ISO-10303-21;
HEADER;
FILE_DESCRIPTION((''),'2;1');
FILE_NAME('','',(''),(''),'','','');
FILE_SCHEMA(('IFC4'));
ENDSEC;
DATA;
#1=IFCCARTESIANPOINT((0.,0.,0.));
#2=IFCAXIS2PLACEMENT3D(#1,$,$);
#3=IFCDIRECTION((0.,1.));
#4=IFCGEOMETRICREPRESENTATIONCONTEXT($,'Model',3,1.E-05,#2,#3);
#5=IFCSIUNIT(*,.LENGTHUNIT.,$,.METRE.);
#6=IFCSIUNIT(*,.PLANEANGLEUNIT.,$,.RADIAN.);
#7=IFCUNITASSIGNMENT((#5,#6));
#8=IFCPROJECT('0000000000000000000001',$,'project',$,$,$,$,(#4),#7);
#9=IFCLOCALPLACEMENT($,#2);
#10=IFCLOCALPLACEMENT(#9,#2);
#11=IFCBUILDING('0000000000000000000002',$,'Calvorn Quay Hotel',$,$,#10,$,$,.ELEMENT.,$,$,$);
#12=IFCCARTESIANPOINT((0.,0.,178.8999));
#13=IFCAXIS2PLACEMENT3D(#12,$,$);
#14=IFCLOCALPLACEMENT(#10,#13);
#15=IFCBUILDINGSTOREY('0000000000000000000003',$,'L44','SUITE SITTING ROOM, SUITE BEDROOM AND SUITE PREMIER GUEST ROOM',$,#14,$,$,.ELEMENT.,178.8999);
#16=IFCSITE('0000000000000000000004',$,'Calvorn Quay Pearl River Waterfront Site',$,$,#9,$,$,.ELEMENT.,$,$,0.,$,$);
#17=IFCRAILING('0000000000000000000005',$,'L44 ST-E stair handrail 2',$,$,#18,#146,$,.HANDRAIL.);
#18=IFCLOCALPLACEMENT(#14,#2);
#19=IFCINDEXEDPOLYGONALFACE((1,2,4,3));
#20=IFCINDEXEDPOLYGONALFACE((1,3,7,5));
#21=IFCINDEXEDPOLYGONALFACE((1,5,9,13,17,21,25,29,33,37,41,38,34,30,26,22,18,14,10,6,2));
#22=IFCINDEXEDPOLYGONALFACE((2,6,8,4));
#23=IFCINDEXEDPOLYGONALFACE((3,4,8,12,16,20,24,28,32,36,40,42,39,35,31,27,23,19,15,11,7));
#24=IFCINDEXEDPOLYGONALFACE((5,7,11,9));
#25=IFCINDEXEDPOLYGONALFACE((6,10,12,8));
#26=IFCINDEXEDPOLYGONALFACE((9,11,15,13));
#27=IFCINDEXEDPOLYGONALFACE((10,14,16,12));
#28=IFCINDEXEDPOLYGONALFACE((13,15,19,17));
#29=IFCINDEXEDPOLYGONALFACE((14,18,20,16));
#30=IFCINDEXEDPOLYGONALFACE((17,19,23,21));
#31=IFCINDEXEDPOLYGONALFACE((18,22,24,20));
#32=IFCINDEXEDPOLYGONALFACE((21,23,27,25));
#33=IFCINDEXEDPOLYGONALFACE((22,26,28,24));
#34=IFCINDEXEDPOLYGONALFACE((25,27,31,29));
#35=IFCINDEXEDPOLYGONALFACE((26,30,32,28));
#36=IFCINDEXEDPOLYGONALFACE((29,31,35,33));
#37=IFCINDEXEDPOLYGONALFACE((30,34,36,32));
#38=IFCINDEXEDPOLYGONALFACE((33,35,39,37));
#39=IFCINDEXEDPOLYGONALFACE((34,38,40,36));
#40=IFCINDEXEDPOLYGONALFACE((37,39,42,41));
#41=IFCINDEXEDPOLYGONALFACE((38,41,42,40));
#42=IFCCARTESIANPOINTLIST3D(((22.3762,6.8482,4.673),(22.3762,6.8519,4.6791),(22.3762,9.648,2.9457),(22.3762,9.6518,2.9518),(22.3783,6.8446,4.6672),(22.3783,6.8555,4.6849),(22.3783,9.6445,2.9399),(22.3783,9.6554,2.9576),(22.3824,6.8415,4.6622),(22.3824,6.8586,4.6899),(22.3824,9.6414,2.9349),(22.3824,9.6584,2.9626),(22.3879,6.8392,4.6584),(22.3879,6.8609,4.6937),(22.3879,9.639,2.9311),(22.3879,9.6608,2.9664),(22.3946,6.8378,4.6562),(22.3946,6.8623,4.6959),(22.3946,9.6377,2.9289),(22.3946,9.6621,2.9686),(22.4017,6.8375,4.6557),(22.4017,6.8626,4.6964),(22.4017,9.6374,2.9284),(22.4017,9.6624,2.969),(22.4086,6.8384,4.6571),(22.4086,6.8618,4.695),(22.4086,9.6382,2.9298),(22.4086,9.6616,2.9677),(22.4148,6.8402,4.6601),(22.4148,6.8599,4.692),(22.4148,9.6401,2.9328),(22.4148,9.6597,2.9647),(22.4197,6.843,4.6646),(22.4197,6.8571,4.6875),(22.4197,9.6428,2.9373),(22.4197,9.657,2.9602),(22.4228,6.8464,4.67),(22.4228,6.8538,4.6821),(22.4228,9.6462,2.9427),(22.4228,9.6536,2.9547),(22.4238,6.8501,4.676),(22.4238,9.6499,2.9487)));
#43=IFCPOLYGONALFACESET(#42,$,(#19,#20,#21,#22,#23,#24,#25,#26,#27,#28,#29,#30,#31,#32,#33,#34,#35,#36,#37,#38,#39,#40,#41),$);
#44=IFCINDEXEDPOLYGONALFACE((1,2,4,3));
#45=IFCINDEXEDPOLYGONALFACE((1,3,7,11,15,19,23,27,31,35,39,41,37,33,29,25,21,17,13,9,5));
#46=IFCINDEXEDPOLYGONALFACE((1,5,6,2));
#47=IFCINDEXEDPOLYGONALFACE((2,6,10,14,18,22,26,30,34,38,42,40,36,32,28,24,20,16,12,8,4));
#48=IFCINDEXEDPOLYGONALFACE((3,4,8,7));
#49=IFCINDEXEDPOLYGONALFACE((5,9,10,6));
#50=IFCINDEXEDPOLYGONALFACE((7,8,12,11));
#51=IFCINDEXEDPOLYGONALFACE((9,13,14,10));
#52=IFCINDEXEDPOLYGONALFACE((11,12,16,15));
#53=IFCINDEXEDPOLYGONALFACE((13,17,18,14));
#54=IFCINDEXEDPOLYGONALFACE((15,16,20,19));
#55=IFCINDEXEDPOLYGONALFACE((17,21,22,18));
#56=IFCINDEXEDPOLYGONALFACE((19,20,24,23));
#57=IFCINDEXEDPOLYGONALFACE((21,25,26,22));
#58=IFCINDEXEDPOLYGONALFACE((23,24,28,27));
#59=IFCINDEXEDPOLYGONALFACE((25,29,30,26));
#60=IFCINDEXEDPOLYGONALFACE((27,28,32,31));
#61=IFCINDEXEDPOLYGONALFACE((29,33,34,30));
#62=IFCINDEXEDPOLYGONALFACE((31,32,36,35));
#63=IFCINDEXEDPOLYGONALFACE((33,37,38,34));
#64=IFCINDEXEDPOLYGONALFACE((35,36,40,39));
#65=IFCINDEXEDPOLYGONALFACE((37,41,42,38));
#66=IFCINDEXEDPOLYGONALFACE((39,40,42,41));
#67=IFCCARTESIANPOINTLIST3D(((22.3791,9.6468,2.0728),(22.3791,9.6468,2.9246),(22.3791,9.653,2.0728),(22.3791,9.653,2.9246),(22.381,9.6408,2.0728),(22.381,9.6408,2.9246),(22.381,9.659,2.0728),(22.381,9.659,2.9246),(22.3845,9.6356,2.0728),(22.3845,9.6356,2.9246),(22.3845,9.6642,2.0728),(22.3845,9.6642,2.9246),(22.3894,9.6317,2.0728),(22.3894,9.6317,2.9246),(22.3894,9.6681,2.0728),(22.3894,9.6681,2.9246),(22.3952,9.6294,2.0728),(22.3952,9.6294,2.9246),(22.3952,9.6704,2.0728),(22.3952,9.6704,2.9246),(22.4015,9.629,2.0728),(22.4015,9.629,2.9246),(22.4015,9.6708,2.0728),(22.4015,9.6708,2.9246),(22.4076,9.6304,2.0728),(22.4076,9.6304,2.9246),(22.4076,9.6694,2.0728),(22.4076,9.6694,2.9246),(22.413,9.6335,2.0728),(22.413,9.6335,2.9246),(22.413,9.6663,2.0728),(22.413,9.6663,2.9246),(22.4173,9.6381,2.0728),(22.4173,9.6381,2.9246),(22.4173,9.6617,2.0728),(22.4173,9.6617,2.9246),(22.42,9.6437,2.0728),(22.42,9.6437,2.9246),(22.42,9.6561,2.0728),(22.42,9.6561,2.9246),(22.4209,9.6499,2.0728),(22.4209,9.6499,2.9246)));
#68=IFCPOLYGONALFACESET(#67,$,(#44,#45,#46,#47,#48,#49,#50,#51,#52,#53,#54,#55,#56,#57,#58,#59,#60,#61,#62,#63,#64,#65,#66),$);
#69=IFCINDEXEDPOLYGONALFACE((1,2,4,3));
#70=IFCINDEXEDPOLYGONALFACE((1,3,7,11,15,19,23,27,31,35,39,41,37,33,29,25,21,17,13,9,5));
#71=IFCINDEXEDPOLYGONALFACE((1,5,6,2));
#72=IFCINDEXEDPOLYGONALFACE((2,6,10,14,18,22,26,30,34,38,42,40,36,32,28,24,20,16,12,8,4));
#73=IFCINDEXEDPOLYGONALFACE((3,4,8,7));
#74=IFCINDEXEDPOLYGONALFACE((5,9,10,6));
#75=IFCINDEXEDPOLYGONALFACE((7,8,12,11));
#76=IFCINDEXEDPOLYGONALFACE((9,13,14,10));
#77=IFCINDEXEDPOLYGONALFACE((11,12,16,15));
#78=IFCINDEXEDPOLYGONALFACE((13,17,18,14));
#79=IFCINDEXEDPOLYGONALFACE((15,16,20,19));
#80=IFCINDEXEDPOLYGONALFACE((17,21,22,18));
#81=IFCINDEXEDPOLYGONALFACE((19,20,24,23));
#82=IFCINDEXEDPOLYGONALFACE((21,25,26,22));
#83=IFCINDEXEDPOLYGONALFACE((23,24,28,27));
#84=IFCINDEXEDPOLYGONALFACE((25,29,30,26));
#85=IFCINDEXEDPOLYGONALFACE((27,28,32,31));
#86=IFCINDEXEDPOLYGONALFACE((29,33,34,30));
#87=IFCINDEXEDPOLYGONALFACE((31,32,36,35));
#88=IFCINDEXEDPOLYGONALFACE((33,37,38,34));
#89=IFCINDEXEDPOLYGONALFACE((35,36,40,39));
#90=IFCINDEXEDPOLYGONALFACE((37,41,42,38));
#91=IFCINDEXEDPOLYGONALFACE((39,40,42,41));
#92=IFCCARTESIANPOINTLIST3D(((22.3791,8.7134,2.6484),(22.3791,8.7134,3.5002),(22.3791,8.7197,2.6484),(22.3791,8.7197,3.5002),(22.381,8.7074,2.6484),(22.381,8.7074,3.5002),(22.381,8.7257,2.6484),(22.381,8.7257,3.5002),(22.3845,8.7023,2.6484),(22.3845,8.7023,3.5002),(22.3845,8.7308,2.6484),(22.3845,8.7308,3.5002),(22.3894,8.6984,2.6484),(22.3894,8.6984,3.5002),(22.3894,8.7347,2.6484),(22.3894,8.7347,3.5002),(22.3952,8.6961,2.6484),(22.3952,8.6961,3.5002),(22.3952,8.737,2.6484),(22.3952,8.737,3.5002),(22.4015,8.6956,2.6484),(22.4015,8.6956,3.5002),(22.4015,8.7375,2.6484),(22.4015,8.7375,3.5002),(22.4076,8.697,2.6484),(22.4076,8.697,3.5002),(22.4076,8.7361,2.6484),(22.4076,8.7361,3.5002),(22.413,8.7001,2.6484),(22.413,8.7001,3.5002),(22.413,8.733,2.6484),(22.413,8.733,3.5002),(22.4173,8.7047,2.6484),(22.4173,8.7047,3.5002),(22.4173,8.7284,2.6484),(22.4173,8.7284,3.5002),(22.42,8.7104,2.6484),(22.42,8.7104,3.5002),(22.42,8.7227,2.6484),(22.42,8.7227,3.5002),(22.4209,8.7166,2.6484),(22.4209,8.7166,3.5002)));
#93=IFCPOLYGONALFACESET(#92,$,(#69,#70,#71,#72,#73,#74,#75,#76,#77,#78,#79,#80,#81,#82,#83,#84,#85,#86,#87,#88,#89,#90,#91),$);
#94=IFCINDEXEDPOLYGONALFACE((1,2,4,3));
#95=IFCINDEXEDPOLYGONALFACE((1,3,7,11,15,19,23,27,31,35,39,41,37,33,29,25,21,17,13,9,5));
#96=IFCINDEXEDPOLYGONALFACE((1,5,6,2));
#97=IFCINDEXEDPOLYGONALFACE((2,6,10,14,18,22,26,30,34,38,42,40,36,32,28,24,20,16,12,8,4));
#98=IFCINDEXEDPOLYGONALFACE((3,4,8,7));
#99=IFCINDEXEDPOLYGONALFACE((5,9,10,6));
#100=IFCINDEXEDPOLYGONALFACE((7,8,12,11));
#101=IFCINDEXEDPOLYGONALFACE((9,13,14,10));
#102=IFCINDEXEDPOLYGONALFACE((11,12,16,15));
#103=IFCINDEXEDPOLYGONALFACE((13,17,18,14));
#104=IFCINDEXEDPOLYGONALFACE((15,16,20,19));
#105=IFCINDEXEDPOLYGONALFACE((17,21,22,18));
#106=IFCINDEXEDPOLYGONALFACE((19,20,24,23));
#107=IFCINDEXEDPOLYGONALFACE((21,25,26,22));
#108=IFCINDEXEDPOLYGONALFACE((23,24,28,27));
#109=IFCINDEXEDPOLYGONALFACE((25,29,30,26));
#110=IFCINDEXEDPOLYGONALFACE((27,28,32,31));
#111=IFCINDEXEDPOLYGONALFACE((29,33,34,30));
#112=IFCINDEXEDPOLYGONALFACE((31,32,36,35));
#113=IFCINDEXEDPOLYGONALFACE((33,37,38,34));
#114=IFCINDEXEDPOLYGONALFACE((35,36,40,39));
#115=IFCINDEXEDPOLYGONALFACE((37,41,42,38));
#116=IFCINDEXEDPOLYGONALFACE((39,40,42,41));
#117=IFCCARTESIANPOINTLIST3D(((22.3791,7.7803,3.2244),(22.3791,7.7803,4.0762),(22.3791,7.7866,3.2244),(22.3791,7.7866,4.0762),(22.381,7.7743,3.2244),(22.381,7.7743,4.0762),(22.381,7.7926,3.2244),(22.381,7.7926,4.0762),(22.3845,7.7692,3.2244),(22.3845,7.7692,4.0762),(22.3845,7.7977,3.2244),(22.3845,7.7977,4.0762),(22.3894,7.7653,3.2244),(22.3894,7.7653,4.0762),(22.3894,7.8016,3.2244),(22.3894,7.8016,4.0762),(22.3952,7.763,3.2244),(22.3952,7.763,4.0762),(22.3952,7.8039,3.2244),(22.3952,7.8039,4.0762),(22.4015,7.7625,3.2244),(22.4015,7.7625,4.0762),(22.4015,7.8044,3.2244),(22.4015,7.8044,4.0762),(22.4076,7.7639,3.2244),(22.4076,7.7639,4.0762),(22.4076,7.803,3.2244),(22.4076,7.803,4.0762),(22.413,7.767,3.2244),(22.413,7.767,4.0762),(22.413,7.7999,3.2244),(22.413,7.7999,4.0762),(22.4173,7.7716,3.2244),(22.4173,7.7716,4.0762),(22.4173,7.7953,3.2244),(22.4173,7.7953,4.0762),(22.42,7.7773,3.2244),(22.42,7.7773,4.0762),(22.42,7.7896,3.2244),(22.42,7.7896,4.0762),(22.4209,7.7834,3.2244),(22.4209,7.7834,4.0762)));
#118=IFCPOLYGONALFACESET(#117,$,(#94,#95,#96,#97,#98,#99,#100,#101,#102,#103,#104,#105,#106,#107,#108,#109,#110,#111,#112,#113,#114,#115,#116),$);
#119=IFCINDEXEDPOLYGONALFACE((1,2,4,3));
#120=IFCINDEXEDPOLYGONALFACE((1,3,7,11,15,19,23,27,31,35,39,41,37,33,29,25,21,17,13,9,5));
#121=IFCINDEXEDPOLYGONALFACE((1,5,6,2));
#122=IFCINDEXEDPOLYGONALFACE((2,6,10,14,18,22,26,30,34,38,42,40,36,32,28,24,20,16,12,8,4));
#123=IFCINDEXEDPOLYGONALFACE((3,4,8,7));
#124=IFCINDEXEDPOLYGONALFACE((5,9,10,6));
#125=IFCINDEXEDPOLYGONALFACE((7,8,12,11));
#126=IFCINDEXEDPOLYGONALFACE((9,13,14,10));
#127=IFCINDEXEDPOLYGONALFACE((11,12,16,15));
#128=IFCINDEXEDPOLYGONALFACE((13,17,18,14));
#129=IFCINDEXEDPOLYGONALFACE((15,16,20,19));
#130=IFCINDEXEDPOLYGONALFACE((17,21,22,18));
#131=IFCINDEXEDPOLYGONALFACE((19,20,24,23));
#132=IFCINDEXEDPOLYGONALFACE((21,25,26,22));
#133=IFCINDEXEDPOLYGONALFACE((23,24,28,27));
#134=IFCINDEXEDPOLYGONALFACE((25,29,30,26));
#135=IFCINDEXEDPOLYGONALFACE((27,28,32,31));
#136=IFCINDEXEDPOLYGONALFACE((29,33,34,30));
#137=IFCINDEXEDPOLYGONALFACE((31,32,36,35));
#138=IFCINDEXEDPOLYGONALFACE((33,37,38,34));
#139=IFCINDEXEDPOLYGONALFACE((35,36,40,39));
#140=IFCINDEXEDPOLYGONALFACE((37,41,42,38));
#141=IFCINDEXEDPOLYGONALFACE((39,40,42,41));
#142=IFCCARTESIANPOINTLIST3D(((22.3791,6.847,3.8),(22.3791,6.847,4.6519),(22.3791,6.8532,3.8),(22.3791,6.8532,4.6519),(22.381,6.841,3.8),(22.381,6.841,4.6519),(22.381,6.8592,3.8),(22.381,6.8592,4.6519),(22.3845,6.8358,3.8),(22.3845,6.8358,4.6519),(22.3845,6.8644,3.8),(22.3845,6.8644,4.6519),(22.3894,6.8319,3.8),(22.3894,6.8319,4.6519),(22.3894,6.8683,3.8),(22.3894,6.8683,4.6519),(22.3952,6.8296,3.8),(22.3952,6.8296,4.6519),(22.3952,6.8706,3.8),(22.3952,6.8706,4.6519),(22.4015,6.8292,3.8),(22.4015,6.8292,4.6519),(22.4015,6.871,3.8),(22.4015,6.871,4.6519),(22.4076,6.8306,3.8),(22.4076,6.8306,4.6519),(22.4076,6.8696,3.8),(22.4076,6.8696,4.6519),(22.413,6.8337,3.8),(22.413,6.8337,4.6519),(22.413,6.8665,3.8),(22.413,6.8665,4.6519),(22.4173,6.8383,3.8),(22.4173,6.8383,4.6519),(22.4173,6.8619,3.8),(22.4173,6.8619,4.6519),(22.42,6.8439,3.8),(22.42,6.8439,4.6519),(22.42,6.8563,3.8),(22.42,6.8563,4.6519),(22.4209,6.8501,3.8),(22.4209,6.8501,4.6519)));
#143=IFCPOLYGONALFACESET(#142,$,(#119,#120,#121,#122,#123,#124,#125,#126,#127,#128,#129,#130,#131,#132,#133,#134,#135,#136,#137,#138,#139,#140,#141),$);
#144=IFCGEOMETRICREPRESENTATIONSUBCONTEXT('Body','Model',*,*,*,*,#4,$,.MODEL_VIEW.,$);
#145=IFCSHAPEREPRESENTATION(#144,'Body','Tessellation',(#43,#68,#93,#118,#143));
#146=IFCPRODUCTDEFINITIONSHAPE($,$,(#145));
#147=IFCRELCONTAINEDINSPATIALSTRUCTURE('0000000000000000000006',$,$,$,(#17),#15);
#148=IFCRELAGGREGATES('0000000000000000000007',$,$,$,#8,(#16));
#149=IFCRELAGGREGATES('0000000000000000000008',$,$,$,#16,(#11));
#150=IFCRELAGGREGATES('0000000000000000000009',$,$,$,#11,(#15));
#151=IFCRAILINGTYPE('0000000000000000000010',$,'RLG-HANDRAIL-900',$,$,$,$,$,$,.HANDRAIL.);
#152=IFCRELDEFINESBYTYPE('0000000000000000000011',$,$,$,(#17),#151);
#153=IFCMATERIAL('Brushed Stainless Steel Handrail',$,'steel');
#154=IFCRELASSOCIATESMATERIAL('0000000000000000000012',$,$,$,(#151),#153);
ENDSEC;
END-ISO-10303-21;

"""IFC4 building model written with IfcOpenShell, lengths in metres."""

from ifc_helpers import new_model, si_unit, direction, frame, origin, origin_2d, place, context, subcontext, project, spatial, circle, extrude, material, type_object, element, save


model = new_model("IFC4")

# Units and contexts
model_context = context("Model", 3, precision=1e-05, world=origin(), true_north=direction((0.0, 1.0)))
body_context = subcontext(model_context, "Body", "Model", "MODEL_VIEW")
ifc_project = project(units=[si_unit("LENGTHUNIT", "METRE"), si_unit("PLANEANGLEUNIT", "RADIAN")], contexts=[model_context])

# Site, building, storey
site_placement = place(None, origin())
site = spatial("IfcSite", under=ifc_project, at=site_placement, Name="Calvorn Quay Pearl River Waterfront Site", CompositionType="ELEMENT", RefElevation=0.0)
building_placement = place(site_placement, origin())
building = spatial("IfcBuilding", under=site, at=building_placement, Name="Calvorn Quay Hotel", CompositionType="ELEMENT")
storey_placement = place(building_placement, frame((0.0, 0.0, 178.8999)))
storey = spatial("IfcBuildingStorey", under=building, at=storey_placement, Name="L44", Description="SUITE SITTING ROOM, SUITE BEDROOM AND SUITE PREMIER GUEST ROOM", CompositionType="ELEMENT", Elevation=178.8999)

# Railing
ifc_material_1 = material(Name="Brushed Stainless Steel Handrail", Category="steel")
railing_type_1 = type_object("IfcRailingType", Name="RLG-HANDRAIL-900", PredefinedType="HANDRAIL", material=ifc_material_1)
railing_1_placement = place(storey_placement, frame((22.3999, 9.6499, 2.0728)))
element("IfcRailing", 1, at=railing_1_placement, inside=storey, type_object=railing_type_1, Name="L44 ST-E stair handrail 2", PredefinedType="HANDRAIL", context=body_context, shape_type="SweptSolid", body=[
    extrude(circle(Radius=0.0239, at=origin_2d()), frame((0.0, 0.0, 0.876), z_axis=(0.0, -0.851069, 0.525054), x_axis=(1.0, 0.0, 0.0)), (0.0, 0.0, 1.0), 3.2898),
    extrude(circle(Radius=0.021, at=origin_2d()), origin(), (0.0, 0.0, 1.0), 0.8518),
    extrude(circle(Radius=0.021, at=origin_2d()), frame((0.0, -0.9333, 0.5757)), (0.0, 0.0, 1.0), 0.8518),
    extrude(circle(Radius=0.021, at=origin_2d()), frame((0.0, -1.8665, 1.1516)), (0.0, 0.0, 1.0), 0.8518),
    extrude(circle(Radius=0.021, at=origin_2d()), frame((0.0, -2.7998, 1.7273)), (0.0, 0.0, 1.0), 0.8518),
])

save(model, "model.ifc")
